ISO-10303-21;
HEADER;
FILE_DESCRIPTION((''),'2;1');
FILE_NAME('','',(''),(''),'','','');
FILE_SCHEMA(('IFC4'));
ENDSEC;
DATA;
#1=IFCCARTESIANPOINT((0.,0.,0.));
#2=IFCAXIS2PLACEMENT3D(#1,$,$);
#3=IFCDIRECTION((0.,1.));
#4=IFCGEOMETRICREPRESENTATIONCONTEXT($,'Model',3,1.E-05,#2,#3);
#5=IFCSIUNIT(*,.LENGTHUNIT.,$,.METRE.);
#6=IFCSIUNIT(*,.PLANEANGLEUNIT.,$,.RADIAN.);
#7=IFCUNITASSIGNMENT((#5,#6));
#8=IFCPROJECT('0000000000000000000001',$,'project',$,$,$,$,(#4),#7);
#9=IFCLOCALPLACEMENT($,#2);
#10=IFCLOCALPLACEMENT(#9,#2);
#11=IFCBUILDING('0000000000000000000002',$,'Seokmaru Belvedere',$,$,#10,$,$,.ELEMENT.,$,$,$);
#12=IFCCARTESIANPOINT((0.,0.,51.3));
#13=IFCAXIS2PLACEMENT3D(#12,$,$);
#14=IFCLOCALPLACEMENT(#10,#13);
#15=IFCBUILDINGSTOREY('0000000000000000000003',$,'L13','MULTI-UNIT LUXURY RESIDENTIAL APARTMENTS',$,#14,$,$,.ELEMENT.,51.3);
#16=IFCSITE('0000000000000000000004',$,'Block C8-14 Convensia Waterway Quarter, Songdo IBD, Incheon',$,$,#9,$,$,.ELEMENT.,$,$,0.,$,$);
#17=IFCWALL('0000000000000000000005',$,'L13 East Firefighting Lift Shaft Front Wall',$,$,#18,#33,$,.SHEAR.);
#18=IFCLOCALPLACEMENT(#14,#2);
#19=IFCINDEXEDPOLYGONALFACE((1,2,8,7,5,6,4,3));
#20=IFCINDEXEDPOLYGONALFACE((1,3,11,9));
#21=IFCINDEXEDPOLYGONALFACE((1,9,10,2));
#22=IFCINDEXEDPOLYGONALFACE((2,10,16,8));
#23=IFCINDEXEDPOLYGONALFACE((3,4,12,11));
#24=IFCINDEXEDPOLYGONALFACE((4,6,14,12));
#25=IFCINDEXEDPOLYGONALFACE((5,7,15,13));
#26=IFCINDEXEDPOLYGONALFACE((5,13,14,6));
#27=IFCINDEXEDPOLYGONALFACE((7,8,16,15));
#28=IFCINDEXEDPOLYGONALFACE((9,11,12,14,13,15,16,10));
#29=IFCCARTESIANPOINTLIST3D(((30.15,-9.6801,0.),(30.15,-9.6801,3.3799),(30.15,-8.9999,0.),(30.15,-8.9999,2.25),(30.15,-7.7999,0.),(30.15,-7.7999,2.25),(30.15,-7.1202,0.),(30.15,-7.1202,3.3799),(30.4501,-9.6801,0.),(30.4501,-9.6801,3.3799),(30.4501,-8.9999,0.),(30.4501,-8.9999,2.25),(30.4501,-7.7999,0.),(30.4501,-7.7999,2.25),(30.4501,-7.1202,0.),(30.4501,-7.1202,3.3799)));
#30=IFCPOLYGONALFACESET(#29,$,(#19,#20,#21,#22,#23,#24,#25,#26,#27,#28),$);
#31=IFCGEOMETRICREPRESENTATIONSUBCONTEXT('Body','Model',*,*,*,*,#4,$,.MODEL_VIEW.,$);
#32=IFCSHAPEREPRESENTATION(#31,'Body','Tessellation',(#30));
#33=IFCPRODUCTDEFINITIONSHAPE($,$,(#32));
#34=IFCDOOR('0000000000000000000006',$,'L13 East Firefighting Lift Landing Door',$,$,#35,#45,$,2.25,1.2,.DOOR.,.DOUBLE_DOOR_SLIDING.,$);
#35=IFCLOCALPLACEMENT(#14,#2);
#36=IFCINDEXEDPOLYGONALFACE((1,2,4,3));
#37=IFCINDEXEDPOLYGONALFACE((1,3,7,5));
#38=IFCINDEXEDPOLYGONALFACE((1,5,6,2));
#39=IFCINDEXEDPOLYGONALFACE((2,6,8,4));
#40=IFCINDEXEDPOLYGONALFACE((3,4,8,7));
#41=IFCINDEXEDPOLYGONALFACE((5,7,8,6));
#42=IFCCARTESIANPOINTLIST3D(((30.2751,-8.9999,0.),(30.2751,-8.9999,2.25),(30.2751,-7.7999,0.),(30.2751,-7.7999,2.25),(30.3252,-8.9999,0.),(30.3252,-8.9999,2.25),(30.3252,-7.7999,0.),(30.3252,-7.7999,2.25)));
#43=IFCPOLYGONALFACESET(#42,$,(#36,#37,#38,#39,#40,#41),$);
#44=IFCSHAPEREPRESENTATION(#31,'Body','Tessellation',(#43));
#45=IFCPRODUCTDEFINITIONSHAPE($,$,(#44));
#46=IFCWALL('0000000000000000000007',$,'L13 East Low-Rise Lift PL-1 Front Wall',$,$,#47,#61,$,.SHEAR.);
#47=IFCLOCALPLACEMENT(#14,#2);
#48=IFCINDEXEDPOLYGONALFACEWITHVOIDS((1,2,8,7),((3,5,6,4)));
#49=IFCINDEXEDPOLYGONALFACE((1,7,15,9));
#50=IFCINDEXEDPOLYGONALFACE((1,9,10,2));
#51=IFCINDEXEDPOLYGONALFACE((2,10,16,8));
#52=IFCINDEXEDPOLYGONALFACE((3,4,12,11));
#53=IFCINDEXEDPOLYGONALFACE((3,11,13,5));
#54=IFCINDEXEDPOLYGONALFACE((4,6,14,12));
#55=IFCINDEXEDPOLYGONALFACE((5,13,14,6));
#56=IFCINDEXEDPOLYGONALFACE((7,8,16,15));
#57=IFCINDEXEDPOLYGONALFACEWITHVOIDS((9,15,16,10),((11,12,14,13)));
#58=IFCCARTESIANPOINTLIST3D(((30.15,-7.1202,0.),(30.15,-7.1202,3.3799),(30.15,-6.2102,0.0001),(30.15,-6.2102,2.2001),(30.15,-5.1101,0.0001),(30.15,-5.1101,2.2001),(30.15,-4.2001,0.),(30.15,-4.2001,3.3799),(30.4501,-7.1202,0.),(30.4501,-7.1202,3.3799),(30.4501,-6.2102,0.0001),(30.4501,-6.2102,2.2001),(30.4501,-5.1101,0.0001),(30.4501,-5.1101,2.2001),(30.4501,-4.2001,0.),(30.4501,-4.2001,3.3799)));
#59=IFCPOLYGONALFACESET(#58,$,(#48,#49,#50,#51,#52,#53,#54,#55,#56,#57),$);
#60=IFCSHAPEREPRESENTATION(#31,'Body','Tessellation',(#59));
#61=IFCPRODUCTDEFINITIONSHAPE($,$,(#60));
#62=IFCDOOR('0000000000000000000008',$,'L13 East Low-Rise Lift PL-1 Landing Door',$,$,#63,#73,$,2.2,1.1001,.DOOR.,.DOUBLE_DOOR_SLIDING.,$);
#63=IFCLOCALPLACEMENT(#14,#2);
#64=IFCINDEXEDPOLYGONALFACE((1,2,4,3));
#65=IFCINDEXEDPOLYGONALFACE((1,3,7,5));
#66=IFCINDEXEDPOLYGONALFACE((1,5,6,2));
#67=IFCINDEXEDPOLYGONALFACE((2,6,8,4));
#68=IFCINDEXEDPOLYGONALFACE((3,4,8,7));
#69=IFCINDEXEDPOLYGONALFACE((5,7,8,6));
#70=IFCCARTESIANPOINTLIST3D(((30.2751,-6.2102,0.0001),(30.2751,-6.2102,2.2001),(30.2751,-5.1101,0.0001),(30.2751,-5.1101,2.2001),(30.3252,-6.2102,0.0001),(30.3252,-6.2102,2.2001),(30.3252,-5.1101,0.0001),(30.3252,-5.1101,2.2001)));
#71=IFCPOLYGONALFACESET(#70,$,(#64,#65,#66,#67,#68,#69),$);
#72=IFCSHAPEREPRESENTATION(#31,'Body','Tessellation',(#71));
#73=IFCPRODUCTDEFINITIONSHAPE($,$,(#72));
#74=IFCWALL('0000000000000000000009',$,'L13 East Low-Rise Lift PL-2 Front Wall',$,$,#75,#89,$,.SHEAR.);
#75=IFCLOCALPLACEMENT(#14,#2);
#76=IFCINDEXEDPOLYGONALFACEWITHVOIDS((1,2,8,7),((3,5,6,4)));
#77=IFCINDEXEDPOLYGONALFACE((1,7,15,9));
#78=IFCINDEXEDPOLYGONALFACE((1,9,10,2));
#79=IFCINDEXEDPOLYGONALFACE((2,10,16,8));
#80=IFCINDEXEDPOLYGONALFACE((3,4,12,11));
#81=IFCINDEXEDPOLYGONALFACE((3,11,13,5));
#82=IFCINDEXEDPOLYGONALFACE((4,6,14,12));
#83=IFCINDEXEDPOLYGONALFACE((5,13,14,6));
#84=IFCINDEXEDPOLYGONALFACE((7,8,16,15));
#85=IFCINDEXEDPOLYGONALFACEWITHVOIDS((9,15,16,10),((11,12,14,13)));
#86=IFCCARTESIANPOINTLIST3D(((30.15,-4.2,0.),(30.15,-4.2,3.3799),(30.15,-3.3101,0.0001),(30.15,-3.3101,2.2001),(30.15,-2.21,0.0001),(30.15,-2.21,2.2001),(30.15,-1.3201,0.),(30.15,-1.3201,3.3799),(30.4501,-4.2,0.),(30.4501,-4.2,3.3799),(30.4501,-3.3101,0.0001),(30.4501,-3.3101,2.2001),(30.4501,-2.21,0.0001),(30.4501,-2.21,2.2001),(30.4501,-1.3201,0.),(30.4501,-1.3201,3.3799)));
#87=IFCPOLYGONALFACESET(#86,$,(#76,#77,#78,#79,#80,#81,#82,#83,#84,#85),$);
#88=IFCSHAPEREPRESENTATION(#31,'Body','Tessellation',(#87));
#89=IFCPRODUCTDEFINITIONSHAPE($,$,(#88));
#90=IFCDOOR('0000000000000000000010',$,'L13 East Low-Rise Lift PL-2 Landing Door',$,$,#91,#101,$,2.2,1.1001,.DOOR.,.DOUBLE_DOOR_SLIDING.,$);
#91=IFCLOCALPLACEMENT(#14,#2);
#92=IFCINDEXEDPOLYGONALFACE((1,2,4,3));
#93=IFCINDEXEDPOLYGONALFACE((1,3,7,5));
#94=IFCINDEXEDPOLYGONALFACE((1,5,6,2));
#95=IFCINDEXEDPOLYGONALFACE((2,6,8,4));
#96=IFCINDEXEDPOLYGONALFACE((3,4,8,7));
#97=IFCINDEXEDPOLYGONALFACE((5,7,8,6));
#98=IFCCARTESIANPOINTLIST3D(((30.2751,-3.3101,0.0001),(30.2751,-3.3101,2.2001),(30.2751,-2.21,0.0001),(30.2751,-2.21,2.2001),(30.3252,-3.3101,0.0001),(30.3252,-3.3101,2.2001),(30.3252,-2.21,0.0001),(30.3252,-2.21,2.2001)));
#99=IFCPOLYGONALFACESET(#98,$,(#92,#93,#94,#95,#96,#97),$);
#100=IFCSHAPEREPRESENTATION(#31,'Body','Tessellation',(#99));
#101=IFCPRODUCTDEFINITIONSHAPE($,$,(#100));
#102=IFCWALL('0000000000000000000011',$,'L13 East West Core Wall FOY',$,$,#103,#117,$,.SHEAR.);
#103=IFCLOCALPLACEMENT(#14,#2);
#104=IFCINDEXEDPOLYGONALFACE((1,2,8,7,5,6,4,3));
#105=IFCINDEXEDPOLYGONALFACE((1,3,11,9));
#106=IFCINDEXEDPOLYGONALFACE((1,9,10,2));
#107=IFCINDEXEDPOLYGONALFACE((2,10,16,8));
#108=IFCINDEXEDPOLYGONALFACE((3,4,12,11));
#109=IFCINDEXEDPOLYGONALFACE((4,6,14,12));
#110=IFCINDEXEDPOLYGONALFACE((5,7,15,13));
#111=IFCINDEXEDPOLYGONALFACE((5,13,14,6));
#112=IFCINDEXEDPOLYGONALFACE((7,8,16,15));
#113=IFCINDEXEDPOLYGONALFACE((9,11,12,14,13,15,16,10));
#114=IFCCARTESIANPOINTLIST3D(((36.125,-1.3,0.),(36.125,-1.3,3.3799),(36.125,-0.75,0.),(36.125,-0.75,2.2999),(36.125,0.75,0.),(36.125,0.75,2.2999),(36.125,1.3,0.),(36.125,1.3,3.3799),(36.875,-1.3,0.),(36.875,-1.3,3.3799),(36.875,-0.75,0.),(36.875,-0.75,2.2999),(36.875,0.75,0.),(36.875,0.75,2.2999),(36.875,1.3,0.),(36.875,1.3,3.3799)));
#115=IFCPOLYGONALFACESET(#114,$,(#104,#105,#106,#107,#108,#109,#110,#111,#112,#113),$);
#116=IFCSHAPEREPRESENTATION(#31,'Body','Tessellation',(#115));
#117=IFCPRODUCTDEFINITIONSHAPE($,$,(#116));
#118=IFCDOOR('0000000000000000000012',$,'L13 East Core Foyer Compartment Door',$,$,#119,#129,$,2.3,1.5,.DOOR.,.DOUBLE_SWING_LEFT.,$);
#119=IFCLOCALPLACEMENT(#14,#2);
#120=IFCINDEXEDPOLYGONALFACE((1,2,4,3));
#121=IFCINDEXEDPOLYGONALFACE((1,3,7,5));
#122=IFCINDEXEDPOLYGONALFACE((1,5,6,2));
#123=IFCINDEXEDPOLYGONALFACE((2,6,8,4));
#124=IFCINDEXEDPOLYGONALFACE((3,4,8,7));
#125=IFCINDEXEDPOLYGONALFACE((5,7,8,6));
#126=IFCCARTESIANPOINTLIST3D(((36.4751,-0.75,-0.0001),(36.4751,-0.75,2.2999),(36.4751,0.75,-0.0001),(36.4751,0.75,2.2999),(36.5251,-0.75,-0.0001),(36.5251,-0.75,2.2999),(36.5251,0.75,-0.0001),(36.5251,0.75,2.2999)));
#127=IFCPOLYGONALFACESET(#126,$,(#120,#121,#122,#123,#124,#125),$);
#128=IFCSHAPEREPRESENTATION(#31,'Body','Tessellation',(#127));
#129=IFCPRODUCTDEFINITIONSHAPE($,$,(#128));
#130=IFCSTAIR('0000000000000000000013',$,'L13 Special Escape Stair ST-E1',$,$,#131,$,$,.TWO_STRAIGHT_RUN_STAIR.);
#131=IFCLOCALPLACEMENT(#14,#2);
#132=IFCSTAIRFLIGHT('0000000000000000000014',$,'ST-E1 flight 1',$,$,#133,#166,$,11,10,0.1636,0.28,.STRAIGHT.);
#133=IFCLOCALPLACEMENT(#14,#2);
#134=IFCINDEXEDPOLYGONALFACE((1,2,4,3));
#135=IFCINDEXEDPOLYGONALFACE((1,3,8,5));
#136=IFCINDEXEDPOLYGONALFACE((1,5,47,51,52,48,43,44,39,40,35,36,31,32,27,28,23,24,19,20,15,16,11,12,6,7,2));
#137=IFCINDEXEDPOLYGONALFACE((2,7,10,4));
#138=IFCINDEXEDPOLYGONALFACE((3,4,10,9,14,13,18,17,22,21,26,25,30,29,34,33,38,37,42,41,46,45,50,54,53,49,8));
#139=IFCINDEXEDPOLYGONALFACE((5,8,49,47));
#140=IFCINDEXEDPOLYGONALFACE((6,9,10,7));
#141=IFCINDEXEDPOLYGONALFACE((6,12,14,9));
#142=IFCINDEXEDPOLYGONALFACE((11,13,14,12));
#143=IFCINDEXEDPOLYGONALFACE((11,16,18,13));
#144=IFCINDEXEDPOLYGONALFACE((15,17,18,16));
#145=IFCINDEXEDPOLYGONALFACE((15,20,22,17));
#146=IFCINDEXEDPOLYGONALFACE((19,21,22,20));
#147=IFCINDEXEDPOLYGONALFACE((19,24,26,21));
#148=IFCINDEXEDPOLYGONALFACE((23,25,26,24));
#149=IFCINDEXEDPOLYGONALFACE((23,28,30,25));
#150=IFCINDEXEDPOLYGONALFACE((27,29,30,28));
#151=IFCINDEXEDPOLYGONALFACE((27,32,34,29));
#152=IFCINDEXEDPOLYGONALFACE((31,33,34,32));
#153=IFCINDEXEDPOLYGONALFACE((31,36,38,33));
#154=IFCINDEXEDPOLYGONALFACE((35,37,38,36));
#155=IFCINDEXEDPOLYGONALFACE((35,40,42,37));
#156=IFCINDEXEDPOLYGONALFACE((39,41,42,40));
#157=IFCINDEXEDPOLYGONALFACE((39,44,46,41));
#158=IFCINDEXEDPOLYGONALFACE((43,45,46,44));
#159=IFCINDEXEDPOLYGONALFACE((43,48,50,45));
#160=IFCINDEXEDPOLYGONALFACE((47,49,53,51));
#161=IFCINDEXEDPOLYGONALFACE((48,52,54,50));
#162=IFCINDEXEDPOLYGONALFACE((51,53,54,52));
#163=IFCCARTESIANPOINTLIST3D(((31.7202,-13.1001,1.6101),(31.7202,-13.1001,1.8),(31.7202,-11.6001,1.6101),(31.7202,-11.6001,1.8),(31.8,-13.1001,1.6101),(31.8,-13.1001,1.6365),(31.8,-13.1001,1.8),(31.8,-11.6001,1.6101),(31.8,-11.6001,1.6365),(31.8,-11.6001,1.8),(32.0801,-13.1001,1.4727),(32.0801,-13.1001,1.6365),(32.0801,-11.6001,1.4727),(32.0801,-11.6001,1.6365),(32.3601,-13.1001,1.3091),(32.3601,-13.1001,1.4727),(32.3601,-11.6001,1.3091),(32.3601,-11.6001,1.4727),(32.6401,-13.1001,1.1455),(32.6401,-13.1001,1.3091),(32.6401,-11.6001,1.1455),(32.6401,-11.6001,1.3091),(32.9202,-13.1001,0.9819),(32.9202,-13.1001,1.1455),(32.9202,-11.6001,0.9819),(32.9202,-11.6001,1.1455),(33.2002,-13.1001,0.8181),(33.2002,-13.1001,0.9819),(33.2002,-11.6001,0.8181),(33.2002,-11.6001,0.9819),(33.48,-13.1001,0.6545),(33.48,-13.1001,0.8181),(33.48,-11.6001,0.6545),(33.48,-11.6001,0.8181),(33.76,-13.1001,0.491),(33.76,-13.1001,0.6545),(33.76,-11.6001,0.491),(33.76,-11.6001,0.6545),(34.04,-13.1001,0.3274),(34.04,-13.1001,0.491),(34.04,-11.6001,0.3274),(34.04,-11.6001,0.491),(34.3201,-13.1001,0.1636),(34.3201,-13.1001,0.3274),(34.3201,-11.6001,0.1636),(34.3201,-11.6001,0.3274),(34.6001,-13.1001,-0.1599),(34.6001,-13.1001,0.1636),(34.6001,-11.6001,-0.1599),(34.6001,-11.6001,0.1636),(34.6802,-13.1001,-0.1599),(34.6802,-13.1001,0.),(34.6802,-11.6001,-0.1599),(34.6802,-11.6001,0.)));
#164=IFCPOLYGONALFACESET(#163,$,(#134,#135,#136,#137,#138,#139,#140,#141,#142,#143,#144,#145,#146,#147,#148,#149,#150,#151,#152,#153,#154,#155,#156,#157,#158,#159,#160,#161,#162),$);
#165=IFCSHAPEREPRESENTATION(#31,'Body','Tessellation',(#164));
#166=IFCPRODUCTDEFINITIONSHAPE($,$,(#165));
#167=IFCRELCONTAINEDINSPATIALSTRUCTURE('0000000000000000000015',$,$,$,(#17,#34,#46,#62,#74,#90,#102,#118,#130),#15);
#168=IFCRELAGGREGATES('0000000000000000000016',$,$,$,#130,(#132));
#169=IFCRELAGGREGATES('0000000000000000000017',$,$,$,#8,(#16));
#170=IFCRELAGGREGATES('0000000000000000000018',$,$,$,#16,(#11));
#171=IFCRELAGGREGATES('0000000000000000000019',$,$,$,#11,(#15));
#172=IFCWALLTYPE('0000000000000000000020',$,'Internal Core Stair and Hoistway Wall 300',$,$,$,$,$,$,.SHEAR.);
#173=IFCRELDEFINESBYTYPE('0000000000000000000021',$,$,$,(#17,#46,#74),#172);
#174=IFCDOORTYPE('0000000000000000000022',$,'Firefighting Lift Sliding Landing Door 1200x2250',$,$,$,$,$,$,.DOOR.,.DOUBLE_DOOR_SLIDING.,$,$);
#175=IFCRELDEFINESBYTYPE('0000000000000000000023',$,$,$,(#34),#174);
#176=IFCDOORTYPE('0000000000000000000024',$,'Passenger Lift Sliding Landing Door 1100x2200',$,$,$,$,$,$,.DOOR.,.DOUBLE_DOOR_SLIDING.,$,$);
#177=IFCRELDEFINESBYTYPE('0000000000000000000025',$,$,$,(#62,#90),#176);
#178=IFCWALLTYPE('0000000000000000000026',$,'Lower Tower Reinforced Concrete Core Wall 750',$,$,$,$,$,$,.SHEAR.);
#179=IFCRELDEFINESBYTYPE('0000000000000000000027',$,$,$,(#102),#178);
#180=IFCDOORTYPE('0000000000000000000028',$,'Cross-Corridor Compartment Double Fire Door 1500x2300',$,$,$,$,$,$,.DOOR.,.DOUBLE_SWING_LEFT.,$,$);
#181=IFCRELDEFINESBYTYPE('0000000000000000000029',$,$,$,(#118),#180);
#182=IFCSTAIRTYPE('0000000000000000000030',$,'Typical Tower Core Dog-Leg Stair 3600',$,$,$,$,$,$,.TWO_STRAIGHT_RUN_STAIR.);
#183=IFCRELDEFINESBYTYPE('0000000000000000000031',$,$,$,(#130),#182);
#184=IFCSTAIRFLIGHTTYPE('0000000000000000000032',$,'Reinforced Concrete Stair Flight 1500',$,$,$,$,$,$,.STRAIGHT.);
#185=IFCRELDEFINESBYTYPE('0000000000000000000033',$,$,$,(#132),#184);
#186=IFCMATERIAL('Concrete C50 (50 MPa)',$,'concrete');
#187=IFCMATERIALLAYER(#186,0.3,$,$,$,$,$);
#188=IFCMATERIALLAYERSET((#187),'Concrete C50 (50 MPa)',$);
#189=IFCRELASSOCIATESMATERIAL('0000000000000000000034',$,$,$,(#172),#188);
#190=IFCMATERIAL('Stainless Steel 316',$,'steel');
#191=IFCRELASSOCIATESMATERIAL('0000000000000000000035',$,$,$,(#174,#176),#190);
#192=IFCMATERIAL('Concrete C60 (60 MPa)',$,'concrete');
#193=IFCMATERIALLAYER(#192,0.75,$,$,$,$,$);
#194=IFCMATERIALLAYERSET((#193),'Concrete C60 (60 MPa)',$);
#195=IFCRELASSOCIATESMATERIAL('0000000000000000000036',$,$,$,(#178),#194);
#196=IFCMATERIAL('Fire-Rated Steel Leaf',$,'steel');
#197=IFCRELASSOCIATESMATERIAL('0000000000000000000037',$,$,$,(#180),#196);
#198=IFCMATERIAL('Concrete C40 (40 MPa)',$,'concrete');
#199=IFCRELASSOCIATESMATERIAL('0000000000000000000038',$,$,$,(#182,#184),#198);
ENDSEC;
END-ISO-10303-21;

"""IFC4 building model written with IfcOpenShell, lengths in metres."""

from ifc_helpers import new_model, si_unit, direction, frame, frame_2d, origin, place, context, subcontext, project, spatial, polyline, rectangle, outline, extrude, source, transform, mapped, material, layer, layer_set, type_object, type_shapes, element, fill, aggregate, save


model = new_model("IFC4")

# Units and contexts
model_context = context("Model", 3, precision=1e-05, world=origin(), true_north=direction((0.0, 1.0)))
body_context = subcontext(model_context, "Body", "Model", "MODEL_VIEW")
ifc_project = project(units=[si_unit("LENGTHUNIT", "METRE"), si_unit("PLANEANGLEUNIT", "RADIAN")], contexts=[model_context])

# Site, building, storey
site_placement = place(None, origin())
site = spatial("IfcSite", under=ifc_project, at=site_placement, Name="Block C8-14 Convensia Waterway Quarter, Songdo IBD, Incheon", CompositionType="ELEMENT", RefElevation=0.0)
building_placement = place(site_placement, origin())
building = spatial("IfcBuilding", under=site, at=building_placement, Name="Seokmaru Belvedere", CompositionType="ELEMENT")
storey_placement = place(building_placement, frame((0.0, 0.0, 51.3)))
storey = spatial("IfcBuildingStorey", under=building, at=storey_placement, Name="L13", Description="MULTI-UNIT LUXURY RESIDENTIAL APARTMENTS", CompositionType="ELEMENT", Elevation=51.3)

# Shared definitions
ifc_material_1 = material(Name="Fire-Rated Steel Leaf", Category="steel")

# Walls, openings, doors
ifc_material_2 = material(Name="Concrete C50 (50 MPa)", Category="concrete")
ifc_layer_1 = layer(ifc_material_2, 0.3)
ifc_layer_set_1 = layer_set([ifc_layer_1], Name="Concrete C50 (50 MPa)")
wall_type_1 = type_object("IfcWallType", Name="Internal Core Stair and Hoistway Wall 300", PredefinedType="SHEAR", material=ifc_layer_set_1)
wall_1_placement = place(storey_placement, frame((30.3, -9.6799, 0.0), z_axis=(0.0, 0.0, 1.0), x_axis=(0.0, 1.0, 0.0)))
wall_1 = element("IfcWall", 1, at=wall_1_placement, inside=storey, type_object=wall_type_1, Name="L13 East Firefighting Lift Shaft Front Wall", PredefinedType="SHEAR", context=body_context, shape_type="SweptSolid", body=[
    extrude(rectangle(XDim=2.5598, YDim=0.3, at=frame_2d((1.2798, 0.0))), origin(), (0.0, 0.0, 1.0), 3.3799),
])
opening_1_placement = place(wall_1_placement, frame((0.6799, 0.0, 0.0)))
opening_1 = element("IfcOpeningElement", 2, at=opening_1_placement, cuts=wall_1, PredefinedType="OPENING", context=body_context, shape_type="SweptSolid", body=[
    extrude(rectangle(XDim=1.2, YDim=2.25, at=frame_2d((0.6001, 1.125))), frame((0.0, 0.1602, 0.0), z_axis=(0.0, -1.0, 0.0), x_axis=(1.0, 0.0, 0.0)), (0.0, 0.0, 1.0), 0.3201),
])
ifc_material_3 = material(Name="Stainless Steel 316", Category="steel")
door_type_1 = type_object("IfcDoorType", Name="Firefighting Lift Sliding Landing Door 1200x2250", OperationType="DOUBLE_DOOR_SLIDING", PredefinedType="DOOR", material=ifc_material_3)
shared_shape_1 = source(origin(), body_context, "Body", "SweptSolid", [
    extrude(rectangle(XDim=1.2, YDim=2.25, at=frame_2d((0.6001, 1.125))), frame((0.0, 0.0249, 0.0), z_axis=(0.0, -1.0, 0.0), x_axis=(1.0, 0.0, 0.0)), (0.0, 0.0, 1.0), 0.05),
])
type_shapes(door_type_1, [shared_shape_1])
door_1_placement = place(opening_1_placement, origin())
door_1 = element("IfcDoor", 3, at=door_1_placement, inside=storey, type_object=door_type_1, Name="L13 East Firefighting Lift Landing Door", OperationType="DOUBLE_DOOR_SLIDING", OverallHeight=2.25, OverallWidth=1.2, PredefinedType="DOOR", context=body_context, shape_type="MappedRepresentation", body=[
    mapped(shared_shape_1, transform((0.0, 0.0, 0.0), scale=1.0)),
])
fill(opening_1, door_1)
wall_2_placement = place(storey_placement, frame((30.3, -7.1201, 0.0), z_axis=(0.0, 0.0, 1.0), x_axis=(0.0, 1.0, 0.0)))
wall_2 = element("IfcWall", 4, at=wall_2_placement, inside=storey, type_object=wall_type_1, Name="L13 East Low-Rise Lift PL-1 Front Wall", PredefinedType="SHEAR", context=body_context, shape_type="SweptSolid", body=[
    extrude(rectangle(XDim=2.9202, YDim=0.3, at=frame_2d((1.46, 0.0))), origin(), (0.0, 0.0, 1.0), 3.3799),
])
opening_2_placement = place(wall_2_placement, frame((0.9099, 0.0, 0.0)))
opening_2 = element("IfcOpeningElement", 5, at=opening_2_placement, cuts=wall_2, PredefinedType="OPENING", context=body_context, shape_type="SweptSolid", body=[
    extrude(rectangle(XDim=1.1001, YDim=2.2, at=frame_2d((0.55, 1.1001))), frame((0.0, 0.1602, 0.0), z_axis=(0.0, -1.0, 0.0), x_axis=(1.0, 0.0, 0.0)), (0.0, 0.0, 1.0), 0.3201),
])
door_type_2 = type_object("IfcDoorType", Name="Passenger Lift Sliding Landing Door 1100x2200", OperationType="DOUBLE_DOOR_SLIDING", PredefinedType="DOOR", material=ifc_material_3)
shared_shape_2 = source(origin(), body_context, "Body", "SweptSolid", [
    extrude(rectangle(XDim=1.1001, YDim=2.2, at=frame_2d((0.55, 1.1001))), frame((0.0, 0.0249, 0.0), z_axis=(0.0, -1.0, 0.0), x_axis=(1.0, 0.0, 0.0)), (0.0, 0.0, 1.0), 0.05),
])
type_shapes(door_type_2, [shared_shape_2])
door_2_placement = place(opening_2_placement, origin())
door_2 = element("IfcDoor", 6, at=door_2_placement, inside=storey, type_object=door_type_2, Name="L13 East Low-Rise Lift PL-1 Landing Door", OperationType="DOUBLE_DOOR_SLIDING", OverallHeight=2.2, OverallWidth=1.1001, PredefinedType="DOOR", context=body_context, shape_type="MappedRepresentation", body=[
    mapped(shared_shape_2, transform((0.0, 0.0, 0.0), scale=1.0)),
])
fill(opening_2, door_2)
wall_3_placement = place(storey_placement, frame((30.3, -4.2, 0.0), z_axis=(0.0, 0.0, 1.0), x_axis=(0.0, 1.0, 0.0)))
wall_3 = element("IfcWall", 7, at=wall_3_placement, inside=storey, type_object=wall_type_1, Name="L13 East Low-Rise Lift PL-2 Front Wall", PredefinedType="SHEAR", context=body_context, shape_type="SweptSolid", body=[
    extrude(rectangle(XDim=2.8799, YDim=0.3, at=frame_2d((1.4399, 0.0))), origin(), (0.0, 0.0, 1.0), 3.3799),
])
opening_3_placement = place(wall_3_placement, frame((0.8899, 0.0, 0.0)))
opening_3 = element("IfcOpeningElement", 8, at=opening_3_placement, cuts=wall_3, PredefinedType="OPENING", context=body_context, shape_type="SweptSolid", body=[
    extrude(rectangle(XDim=1.1001, YDim=2.2, at=frame_2d((0.55, 1.1001))), frame((0.0, 0.1602, 0.0), z_axis=(0.0, -1.0, 0.0), x_axis=(1.0, 0.0, 0.0)), (0.0, 0.0, 1.0), 0.3201),
])
door_3_placement = place(opening_3_placement, origin())
door_3 = element("IfcDoor", 9, at=door_3_placement, inside=storey, type_object=door_type_2, Name="L13 East Low-Rise Lift PL-2 Landing Door", OperationType="DOUBLE_DOOR_SLIDING", OverallHeight=2.2, OverallWidth=1.1001, PredefinedType="DOOR", context=body_context, shape_type="MappedRepresentation", body=[
    mapped(shared_shape_2, transform((0.0, 0.0, 0.0), scale=1.0)),
])
fill(opening_3, door_3)
ifc_material_4 = material(Name="Concrete C60 (60 MPa)", Category="concrete")
ifc_layer_2 = layer(ifc_material_4, 0.75)
ifc_layer_set_2 = layer_set([ifc_layer_2], Name="Concrete C60 (60 MPa)")
wall_type_2 = type_object("IfcWallType", Name="Lower Tower Reinforced Concrete Core Wall 750", PredefinedType="SHEAR", material=ifc_layer_set_2)
wall_4_placement = place(storey_placement, frame((36.5, -1.3, 0.0), z_axis=(0.0, 0.0, 1.0), x_axis=(0.0, 1.0, 0.0)))
wall_4 = element("IfcWall", 10, at=wall_4_placement, inside=storey, type_object=wall_type_2, Name="L13 East West Core Wall FOY", PredefinedType="SHEAR", context=body_context, shape_type="SweptSolid", body=[
    extrude(rectangle(XDim=2.6001, YDim=0.75, at=frame_2d((1.3, 0.0))), origin(), (0.0, 0.0, 1.0), 3.3799),
])
opening_4_placement = place(wall_4_placement, frame((0.55, 0.0, 0.0)))
opening_4 = element("IfcOpeningElement", 11, at=opening_4_placement, cuts=wall_4, PredefinedType="OPENING", context=body_context, shape_type="SweptSolid", body=[
    extrude(rectangle(XDim=1.5, YDim=2.3, at=frame_2d((0.75, 1.1499))), frame((0.0, 0.385, 0.0), z_axis=(0.0, -1.0, 0.0), x_axis=(1.0, 0.0, 0.0)), (0.0, 0.0, 1.0), 0.77),
])
door_type_3 = type_object("IfcDoorType", Name="Cross-Corridor Compartment Double Fire Door 1500x2300", OperationType="DOUBLE_SWING_LEFT", PredefinedType="DOOR", material=ifc_material_1)
shared_shape_3 = source(origin(), body_context, "Body", "SweptSolid", [
    extrude(rectangle(XDim=1.5, YDim=2.3, at=frame_2d((0.75, 1.1499))), frame((0.0, 0.0249, 0.0), z_axis=(0.0, -1.0, 0.0), x_axis=(1.0, 0.0, 0.0)), (0.0, 0.0, 1.0), 0.05),
])
type_shapes(door_type_3, [shared_shape_3])
door_4_placement = place(opening_4_placement, origin())
door_4 = element("IfcDoor", 12, at=door_4_placement, inside=storey, type_object=door_type_3, Name="L13 East Core Foyer Compartment Door", OperationType="DOUBLE_SWING_LEFT", OverallHeight=2.3, OverallWidth=1.5, PredefinedType="DOOR", context=body_context, shape_type="MappedRepresentation", body=[
    mapped(shared_shape_3, transform((0.0, 0.0, 0.0), scale=1.0)),
])
fill(opening_4, door_4)

# Stair, stair flight
ifc_material_5 = material(Name="Concrete C40 (40 MPa)", Category="concrete")
stair_type = type_object("IfcStairType", Name="Typical Tower Core Dog-Leg Stair 3600", PredefinedType="TWO_STRAIGHT_RUN_STAIR", material=ifc_material_5)
stair_placement = place(storey_placement, origin())
stair = element("IfcStair", 13, at=stair_placement, inside=storey, type_object=stair_type, Name="L13 Special Escape Stair ST-E1", PredefinedType="TWO_STRAIGHT_RUN_STAIR")
stair_flight_type = type_object("IfcStairFlightType", Name="Reinforced Concrete Stair Flight 1500", PredefinedType="STRAIGHT", material=ifc_material_5)
stair_flight_1_placement = place(storey_placement, frame((34.6001, -12.3501, 0.0), z_axis=(0.0, 0.0, 1.0), x_axis=(-1.0, 0.0, 0.0)))
stair_flight_1 = element("IfcStairFlight", 14, at=stair_flight_1_placement, type_object=stair_flight_type, Name="ST-E1 flight 1", NumberOfRisers=11, NumberOfTreads=10, PredefinedType="STRAIGHT", RiserHeight=0.1636, TreadLength=0.28, context=body_context, shape_type="SweptSolid", body=[
    extrude(outline(polyline([(-0.0801, 0.0), (0.0, 0.1636), (0.28, 0.1636), (0.28, 0.3274), (0.5601, 0.3274), (0.5601, 0.491), (0.8401, 0.491), (0.8401, 0.6545), (1.1201, 0.6545), (1.1201, 0.8181), (1.3999, 0.8181), (1.3999, 0.9819), (1.6799, 0.9819), (1.6799, 1.1455), (1.96, 1.1455), (1.96, 1.3091), (2.24, 1.3091), (2.24, 1.4727), (2.52, 1.4727), (2.52, 1.6365), (2.8, 1.6365), (2.8, 1.8), (2.8799, 1.8), (2.8799, 1.6101), (2.8, 1.6101), (0.0, -0.1599), (-0.0801, -0.1599), (-0.0801, 0.0)])), frame((0.0, 0.75, 0.0), z_axis=(0.0, -1.0, 0.0), x_axis=(1.0, 0.0, 0.0)), (0.0, 0.0, 1.0), 1.5),
])
aggregate(stair, [stair_flight_1])

save(model, "model.ifc")
